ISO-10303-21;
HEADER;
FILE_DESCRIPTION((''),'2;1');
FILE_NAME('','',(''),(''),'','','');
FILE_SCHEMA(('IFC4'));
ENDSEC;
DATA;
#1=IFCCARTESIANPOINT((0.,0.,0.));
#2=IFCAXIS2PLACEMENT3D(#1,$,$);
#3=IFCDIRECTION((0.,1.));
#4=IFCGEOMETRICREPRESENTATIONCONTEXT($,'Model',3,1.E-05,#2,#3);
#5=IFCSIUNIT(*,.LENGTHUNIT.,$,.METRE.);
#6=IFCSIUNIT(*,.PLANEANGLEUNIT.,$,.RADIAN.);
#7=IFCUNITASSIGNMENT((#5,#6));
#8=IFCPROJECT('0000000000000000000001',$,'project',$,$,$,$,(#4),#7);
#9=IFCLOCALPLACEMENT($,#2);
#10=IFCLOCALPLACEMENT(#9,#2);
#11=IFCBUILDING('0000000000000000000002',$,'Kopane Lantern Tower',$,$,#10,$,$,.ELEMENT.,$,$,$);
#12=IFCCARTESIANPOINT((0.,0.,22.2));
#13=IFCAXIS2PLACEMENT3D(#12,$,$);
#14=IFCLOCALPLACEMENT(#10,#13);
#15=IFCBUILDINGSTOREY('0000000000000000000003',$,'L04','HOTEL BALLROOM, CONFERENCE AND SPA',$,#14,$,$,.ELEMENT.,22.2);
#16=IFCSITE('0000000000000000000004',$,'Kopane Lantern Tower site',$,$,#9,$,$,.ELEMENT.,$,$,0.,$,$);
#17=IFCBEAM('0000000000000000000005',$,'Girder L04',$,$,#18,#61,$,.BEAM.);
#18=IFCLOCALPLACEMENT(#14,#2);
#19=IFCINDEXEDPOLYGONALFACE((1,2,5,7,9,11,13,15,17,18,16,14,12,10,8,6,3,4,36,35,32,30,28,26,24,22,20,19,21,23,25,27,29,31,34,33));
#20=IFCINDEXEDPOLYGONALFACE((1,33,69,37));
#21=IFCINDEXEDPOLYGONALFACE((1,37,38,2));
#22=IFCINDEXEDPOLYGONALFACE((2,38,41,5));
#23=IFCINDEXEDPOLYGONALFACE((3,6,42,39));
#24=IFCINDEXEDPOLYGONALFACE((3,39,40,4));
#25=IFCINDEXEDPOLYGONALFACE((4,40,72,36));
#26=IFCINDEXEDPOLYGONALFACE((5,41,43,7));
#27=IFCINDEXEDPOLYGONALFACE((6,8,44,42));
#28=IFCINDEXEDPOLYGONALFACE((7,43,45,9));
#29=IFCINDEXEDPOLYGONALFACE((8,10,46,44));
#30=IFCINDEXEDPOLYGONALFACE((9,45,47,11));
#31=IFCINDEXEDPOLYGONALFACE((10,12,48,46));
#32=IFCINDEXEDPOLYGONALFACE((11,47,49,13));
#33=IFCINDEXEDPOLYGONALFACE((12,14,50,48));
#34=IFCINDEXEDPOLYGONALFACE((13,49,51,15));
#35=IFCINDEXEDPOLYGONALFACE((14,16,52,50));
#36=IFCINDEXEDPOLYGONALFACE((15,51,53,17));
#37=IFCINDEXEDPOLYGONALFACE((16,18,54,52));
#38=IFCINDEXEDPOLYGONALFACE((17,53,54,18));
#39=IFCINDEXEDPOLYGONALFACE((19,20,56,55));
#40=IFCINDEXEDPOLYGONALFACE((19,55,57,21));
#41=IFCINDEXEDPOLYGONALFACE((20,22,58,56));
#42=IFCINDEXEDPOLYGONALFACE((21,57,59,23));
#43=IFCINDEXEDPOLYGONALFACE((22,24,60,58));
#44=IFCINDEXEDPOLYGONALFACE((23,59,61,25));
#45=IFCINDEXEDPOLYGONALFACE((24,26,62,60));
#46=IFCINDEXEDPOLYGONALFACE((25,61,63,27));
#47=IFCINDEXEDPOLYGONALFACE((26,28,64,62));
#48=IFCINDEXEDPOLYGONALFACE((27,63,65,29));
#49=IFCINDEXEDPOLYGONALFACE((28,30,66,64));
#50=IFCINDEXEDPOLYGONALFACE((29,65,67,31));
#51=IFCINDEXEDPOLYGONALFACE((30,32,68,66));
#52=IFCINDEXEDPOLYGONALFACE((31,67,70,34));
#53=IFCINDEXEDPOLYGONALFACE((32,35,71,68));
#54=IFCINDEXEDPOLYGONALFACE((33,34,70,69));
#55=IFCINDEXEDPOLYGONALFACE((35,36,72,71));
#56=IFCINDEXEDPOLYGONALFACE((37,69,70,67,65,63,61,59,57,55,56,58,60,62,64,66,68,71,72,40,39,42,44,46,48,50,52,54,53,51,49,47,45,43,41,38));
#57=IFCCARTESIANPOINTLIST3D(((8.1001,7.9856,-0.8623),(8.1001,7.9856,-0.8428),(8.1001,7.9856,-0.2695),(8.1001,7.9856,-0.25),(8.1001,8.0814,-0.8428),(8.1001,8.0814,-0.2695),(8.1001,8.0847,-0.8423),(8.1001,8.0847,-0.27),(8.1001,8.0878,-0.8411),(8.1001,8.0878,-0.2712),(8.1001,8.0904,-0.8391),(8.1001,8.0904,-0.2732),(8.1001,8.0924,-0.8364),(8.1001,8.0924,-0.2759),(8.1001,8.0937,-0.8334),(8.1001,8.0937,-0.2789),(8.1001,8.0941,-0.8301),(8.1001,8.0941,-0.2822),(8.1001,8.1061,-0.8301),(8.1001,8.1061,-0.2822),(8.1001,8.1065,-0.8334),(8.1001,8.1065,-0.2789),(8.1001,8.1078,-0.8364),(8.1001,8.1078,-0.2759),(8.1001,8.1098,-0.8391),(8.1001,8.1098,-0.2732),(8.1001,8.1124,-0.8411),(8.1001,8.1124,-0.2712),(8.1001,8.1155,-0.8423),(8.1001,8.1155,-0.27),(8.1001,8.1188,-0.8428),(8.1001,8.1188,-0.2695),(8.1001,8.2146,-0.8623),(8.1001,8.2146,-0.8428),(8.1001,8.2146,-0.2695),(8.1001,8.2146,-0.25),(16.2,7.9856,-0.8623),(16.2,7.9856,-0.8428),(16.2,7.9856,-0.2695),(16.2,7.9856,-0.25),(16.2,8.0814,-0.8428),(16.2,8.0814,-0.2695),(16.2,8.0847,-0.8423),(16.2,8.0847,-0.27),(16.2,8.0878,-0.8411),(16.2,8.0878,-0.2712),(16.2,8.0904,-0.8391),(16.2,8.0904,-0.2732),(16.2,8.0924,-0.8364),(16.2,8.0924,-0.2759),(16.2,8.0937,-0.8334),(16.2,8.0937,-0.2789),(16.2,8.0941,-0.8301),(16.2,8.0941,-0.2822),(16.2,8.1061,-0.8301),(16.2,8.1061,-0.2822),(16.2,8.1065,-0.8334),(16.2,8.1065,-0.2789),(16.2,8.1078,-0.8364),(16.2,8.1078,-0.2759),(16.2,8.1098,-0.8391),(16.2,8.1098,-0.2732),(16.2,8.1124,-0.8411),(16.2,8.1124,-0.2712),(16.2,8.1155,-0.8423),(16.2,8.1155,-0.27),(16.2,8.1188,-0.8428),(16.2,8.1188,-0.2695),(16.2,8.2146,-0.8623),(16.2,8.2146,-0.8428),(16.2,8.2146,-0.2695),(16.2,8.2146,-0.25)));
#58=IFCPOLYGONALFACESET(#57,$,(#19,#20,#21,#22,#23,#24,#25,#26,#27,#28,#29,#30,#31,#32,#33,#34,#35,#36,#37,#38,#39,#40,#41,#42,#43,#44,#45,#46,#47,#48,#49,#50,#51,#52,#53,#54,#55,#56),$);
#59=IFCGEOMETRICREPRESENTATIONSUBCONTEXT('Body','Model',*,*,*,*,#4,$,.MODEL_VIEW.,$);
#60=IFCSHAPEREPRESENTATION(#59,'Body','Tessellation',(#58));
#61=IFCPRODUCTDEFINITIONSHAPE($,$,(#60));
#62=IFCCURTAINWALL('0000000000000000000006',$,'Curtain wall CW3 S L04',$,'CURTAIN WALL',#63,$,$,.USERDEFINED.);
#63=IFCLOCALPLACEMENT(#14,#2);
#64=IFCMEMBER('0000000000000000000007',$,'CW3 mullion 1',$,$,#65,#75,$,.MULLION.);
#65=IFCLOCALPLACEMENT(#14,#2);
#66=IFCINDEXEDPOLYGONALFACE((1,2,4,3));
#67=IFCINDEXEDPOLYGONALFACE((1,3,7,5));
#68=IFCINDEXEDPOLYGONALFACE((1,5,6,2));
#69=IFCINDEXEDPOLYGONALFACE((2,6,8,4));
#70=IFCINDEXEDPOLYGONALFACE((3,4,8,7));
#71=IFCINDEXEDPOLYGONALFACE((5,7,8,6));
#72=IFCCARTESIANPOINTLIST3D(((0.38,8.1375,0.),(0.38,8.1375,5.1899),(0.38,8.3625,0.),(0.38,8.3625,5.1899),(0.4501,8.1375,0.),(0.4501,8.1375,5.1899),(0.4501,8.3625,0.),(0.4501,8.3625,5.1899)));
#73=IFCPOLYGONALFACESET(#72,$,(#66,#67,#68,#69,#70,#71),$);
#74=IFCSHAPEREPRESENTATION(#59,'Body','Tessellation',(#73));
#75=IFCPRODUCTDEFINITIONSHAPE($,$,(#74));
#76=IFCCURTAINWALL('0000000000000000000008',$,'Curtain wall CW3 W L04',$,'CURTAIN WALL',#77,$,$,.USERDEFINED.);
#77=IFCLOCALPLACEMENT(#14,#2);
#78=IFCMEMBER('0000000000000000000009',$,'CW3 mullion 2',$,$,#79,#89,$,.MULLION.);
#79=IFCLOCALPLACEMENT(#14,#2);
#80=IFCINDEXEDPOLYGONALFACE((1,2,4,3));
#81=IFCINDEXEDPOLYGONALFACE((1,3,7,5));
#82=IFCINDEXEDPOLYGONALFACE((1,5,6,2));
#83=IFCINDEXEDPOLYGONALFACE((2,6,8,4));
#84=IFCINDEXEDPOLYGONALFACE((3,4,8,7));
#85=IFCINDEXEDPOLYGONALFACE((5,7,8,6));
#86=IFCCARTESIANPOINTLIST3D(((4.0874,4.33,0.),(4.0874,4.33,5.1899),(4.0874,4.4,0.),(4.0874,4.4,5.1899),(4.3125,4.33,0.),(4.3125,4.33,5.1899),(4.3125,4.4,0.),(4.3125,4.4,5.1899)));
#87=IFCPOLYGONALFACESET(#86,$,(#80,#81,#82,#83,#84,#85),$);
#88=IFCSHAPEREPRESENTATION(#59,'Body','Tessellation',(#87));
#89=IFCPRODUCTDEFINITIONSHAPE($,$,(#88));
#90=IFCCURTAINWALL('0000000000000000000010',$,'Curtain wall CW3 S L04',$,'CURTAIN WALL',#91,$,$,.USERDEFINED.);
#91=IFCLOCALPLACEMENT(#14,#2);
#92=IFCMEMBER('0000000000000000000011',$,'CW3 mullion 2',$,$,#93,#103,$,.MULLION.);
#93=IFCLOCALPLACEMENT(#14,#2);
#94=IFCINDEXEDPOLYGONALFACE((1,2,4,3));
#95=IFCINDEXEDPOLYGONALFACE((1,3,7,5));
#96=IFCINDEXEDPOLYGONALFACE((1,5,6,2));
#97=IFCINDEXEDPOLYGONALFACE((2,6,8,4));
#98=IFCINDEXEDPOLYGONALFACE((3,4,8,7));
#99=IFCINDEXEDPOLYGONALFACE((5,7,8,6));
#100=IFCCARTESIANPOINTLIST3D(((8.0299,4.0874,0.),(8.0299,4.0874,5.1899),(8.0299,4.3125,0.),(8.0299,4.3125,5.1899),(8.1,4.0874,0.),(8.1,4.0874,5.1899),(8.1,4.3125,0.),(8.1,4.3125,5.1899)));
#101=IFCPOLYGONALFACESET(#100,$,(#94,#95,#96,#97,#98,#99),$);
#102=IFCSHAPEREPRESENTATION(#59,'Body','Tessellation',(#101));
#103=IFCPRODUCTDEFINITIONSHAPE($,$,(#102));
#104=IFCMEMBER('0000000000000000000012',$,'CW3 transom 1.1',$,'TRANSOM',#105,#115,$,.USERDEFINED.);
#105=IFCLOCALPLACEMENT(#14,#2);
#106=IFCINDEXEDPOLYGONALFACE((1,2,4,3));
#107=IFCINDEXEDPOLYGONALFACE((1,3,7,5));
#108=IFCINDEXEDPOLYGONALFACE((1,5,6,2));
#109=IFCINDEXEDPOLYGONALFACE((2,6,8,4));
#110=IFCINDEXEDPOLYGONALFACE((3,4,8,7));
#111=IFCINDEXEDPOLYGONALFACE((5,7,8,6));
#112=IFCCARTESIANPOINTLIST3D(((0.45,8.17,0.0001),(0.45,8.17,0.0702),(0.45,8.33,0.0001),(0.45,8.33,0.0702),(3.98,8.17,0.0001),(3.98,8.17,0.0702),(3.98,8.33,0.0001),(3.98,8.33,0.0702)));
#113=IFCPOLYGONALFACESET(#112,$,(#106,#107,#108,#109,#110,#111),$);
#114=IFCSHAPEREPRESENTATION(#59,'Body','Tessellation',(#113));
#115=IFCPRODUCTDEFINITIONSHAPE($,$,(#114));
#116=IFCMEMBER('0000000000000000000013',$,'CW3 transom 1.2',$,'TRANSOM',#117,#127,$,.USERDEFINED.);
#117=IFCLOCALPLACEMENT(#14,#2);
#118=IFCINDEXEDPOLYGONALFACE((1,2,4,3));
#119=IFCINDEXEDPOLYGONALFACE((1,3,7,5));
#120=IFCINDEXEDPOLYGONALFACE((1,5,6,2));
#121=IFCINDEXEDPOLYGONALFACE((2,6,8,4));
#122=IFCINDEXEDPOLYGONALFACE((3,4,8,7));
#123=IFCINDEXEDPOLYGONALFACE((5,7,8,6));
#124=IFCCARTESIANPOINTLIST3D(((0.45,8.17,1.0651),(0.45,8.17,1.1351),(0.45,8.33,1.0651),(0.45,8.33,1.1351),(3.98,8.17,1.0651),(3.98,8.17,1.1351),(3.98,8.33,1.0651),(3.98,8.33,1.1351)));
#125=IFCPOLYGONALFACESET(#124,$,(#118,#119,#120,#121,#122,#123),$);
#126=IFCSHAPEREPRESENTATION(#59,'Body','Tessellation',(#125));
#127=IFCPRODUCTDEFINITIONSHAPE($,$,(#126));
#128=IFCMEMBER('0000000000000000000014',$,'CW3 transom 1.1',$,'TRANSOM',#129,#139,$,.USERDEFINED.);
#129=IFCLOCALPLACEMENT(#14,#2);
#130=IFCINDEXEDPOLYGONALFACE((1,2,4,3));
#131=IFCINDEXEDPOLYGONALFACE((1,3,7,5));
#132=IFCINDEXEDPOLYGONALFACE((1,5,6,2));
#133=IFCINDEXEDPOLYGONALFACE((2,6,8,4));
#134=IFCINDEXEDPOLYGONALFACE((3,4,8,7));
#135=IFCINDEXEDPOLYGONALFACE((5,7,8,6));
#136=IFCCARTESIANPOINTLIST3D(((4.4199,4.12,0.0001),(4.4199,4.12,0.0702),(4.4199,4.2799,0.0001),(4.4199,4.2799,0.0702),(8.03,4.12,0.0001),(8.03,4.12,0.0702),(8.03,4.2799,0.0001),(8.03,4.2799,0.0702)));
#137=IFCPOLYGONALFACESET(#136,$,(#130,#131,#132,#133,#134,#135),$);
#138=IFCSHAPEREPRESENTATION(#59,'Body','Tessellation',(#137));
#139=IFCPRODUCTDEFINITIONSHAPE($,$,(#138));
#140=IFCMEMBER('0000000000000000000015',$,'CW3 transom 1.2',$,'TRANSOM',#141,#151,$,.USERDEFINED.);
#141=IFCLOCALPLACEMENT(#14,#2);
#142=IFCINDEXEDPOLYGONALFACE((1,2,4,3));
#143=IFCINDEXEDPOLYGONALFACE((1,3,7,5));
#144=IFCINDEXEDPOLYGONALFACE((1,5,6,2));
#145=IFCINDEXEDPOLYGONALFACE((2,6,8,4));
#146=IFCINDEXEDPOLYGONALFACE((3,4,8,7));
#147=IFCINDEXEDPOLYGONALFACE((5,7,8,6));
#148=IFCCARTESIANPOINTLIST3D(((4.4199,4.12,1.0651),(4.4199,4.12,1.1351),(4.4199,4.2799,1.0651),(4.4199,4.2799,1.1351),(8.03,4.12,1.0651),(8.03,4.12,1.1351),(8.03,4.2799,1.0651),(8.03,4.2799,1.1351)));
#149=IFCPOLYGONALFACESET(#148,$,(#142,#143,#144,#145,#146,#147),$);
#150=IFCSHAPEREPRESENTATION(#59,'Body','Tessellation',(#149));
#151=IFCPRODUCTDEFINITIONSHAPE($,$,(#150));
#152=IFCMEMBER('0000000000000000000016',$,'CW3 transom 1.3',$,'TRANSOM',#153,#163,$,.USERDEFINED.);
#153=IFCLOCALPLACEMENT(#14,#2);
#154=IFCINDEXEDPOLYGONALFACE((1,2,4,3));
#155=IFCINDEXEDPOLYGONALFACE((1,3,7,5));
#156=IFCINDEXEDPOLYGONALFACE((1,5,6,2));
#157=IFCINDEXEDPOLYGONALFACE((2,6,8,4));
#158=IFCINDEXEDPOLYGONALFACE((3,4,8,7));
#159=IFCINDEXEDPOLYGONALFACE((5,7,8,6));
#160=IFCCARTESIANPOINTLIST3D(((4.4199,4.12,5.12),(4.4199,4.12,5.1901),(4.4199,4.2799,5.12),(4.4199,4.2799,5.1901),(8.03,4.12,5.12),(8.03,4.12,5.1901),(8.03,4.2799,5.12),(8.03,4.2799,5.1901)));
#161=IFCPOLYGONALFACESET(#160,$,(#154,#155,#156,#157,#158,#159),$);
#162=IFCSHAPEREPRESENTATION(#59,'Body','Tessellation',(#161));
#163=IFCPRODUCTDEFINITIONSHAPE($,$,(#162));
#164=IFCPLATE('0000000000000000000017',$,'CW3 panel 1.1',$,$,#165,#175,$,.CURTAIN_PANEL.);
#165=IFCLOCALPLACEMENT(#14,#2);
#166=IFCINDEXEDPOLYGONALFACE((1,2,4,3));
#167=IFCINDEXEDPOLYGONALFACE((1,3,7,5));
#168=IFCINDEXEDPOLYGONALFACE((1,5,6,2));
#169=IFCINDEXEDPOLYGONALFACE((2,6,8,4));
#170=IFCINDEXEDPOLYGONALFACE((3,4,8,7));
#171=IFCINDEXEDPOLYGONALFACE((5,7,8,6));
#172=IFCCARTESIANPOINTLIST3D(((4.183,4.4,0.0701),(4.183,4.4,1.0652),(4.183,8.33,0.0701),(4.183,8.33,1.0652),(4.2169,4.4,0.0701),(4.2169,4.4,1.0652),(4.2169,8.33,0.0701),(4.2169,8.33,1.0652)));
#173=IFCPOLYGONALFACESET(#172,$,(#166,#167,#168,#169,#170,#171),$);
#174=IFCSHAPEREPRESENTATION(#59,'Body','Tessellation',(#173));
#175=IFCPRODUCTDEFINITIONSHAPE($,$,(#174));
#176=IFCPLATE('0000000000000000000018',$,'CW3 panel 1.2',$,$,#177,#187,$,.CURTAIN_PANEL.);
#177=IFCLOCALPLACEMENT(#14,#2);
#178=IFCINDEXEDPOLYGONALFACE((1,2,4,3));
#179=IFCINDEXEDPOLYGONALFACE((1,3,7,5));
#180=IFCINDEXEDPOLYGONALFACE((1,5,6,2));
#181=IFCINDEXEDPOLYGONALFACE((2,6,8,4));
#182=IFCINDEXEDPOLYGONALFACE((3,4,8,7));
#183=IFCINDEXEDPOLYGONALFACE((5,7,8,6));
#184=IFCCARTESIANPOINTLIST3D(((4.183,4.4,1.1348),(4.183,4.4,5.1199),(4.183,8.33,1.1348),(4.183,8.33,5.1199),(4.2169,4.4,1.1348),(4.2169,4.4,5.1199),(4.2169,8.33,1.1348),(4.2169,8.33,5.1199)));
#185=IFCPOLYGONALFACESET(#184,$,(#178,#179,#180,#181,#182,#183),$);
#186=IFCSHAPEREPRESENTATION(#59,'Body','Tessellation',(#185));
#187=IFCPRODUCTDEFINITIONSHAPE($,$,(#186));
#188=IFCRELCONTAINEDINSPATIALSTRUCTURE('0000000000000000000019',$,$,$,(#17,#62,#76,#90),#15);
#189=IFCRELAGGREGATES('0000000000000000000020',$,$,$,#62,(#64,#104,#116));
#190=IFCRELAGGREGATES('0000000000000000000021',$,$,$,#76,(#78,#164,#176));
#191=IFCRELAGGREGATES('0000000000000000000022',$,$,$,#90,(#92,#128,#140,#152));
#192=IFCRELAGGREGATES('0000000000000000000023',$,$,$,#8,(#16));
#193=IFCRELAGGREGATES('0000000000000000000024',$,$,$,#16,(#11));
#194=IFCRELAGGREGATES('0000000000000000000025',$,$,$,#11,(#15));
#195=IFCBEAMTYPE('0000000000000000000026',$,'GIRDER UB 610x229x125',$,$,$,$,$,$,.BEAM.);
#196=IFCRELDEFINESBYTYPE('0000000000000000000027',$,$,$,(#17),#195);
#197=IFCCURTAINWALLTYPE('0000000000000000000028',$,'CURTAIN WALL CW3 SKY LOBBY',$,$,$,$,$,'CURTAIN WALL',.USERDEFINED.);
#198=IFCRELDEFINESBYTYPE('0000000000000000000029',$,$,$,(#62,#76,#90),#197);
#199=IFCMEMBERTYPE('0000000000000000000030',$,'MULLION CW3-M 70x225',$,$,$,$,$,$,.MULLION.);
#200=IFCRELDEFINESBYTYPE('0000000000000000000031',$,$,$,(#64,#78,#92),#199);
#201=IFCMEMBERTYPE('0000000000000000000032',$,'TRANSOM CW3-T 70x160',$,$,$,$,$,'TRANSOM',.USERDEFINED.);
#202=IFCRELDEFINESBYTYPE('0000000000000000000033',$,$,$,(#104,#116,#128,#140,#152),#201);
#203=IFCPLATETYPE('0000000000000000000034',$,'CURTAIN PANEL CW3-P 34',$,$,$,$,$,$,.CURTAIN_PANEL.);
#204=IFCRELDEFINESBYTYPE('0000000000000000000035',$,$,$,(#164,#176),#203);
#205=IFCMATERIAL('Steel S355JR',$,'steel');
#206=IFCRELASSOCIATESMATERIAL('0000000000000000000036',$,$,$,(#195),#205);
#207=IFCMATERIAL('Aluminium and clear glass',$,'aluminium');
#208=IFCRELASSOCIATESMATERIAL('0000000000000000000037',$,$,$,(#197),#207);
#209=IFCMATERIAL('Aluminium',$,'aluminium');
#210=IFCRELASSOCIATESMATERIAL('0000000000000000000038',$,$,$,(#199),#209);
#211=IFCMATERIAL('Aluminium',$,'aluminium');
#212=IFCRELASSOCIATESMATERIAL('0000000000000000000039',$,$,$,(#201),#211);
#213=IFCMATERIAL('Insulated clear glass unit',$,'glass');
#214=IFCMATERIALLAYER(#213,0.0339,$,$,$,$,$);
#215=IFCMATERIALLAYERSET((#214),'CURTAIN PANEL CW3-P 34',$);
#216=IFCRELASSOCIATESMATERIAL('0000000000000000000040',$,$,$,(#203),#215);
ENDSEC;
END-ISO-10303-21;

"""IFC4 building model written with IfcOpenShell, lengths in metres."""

from ifc_helpers import new_model, si_unit, direction, frame, origin, origin_2d, place, context, subcontext, project, spatial, rectangle, i_section, extrude, material, layer, layer_set, material_profile, profile_set, type_object, element, aggregate, save


model = new_model("IFC4")

# Units and contexts
model_context = context("Model", 3, precision=1e-05, world=origin(), true_north=direction((0.0, 1.0)))
body_context = subcontext(model_context, "Body", "Model", "MODEL_VIEW")
ifc_project = project(units=[si_unit("LENGTHUNIT", "METRE"), si_unit("PLANEANGLEUNIT", "RADIAN")], contexts=[model_context])

# Site, building, storey
site_placement = place(None, origin())
site = spatial("IfcSite", under=ifc_project, at=site_placement, Name="Kopane Lantern Tower site", CompositionType="ELEMENT", RefElevation=0.0)
building_placement = place(site_placement, origin())
building = spatial("IfcBuilding", under=site, at=building_placement, Name="Kopane Lantern Tower", CompositionType="ELEMENT")
storey_placement = place(building_placement, frame((0.0, 0.0, 22.2)))
storey = spatial("IfcBuildingStorey", under=building, at=storey_placement, Name="L04", Description="HOTEL BALLROOM, CONFERENCE AND SPA", CompositionType="ELEMENT", Elevation=22.2)

# Beam
ifc_material_1 = material(Name="Steel S355JR", Category="steel")
ifc_material_profile_1 = material_profile(ifc_material_1, i_section(OverallWidth=0.229, OverallDepth=0.6123, WebThickness=0.012, FlangeThickness=0.0195, FilletRadius=0.0127, at=origin_2d()), Name="UB 610x229x125")
ifc_profile_set_1 = profile_set([ifc_material_profile_1], Name="Steel S355JR")
beam_type = type_object("IfcBeamType", Name="GIRDER UB 610x229x125", PredefinedType="BEAM", material=ifc_profile_set_1)
for number, where, z_axis, x_axis, name in (
    (1, (8.1001, 8.1001, -0.5562), (1.0, 0.0, 0.0), (0.0, 1.0, 0.0), "Girder L04"),
):
    element("IfcBeam", number, at=place(storey_placement, frame(where, z_axis=z_axis, x_axis=x_axis)), inside=storey, type_object=beam_type, Name=name, PredefinedType="BEAM", context=body_context, shape_type="SweptSolid", body=[
        extrude(i_section(OverallWidth=0.229, OverallDepth=0.6123, WebThickness=0.012, FlangeThickness=0.0195, FilletRadius=0.0127, at=origin_2d()), origin(), (0.0, 0.0, 1.0), 8.0999),
    ])

# Curtain walls, members
ifc_material_2 = material(Name="Aluminium and clear glass", Category="aluminium")
curtain_wall_type = type_object("IfcCurtainWallType", Name="CURTAIN WALL CW3 SKY LOBBY", ElementType="CURTAIN WALL", PredefinedType="USERDEFINED", material=ifc_material_2)
curtain_wall_1_placement = place(storey_placement, origin())
curtain_wall_1 = element("IfcCurtainWall", 2, at=curtain_wall_1_placement, inside=storey, type_object=curtain_wall_type, Name="Curtain wall CW3 S L04", ObjectType="CURTAIN WALL", PredefinedType="USERDEFINED")
ifc_material_3 = material(Name="Aluminium", Category="aluminium")
ifc_material_profile_2 = material_profile(ifc_material_3, rectangle(XDim=0.0701, YDim=0.2251, at=origin_2d()), Name="AL 70x225")
ifc_profile_set_2 = profile_set([ifc_material_profile_2], Name="Aluminium")
member_type_1 = type_object("IfcMemberType", Name="MULLION CW3-M 70x225", PredefinedType="MULLION", material=ifc_profile_set_2)
member_1_placement = place(storey_placement, frame((0.415, 8.25, 0.0), z_axis=(0.0, 0.0, 1.0), x_axis=(1.0, 0.0, 0.0)))
member_1 = element("IfcMember", 3, at=member_1_placement, type_object=member_type_1, Name="CW3 mullion 1", PredefinedType="MULLION", context=body_context, shape_type="SweptSolid", body=[
    extrude(rectangle(XDim=0.0701, YDim=0.2251, at=origin_2d()), origin(), (0.0, 0.0, 1.0), 5.1899),
])
curtain_wall_2_placement = place(storey_placement, origin())
curtain_wall_2 = element("IfcCurtainWall", 4, at=curtain_wall_2_placement, inside=storey, type_object=curtain_wall_type, Name="Curtain wall CW3 W L04", ObjectType="CURTAIN WALL", PredefinedType="USERDEFINED")
member_2_placement = place(storey_placement, frame((4.2, 4.365, 0.0), z_axis=(0.0, 0.0, 1.0), x_axis=(0.0, -1.0, 0.0)))
member_2 = element("IfcMember", 5, at=member_2_placement, type_object=member_type_1, Name="CW3 mullion 2", PredefinedType="MULLION", context=body_context, shape_type="SweptSolid", body=[
    extrude(rectangle(XDim=0.0701, YDim=0.2251, at=origin_2d()), origin(), (0.0, 0.0, 1.0), 5.1899),
])
curtain_wall_3_placement = place(storey_placement, origin())
curtain_wall_3 = element("IfcCurtainWall", 6, at=curtain_wall_3_placement, inside=storey, type_object=curtain_wall_type, Name="Curtain wall CW3 S L04", ObjectType="CURTAIN WALL", PredefinedType="USERDEFINED")
member_3_placement = place(storey_placement, frame((8.0649, 4.2, 0.0), z_axis=(0.0, 0.0, 1.0), x_axis=(1.0, 0.0, 0.0)))
member_3 = element("IfcMember", 7, at=member_3_placement, type_object=member_type_1, Name="CW3 mullion 2", PredefinedType="MULLION", context=body_context, shape_type="SweptSolid", body=[
    extrude(rectangle(XDim=0.0701, YDim=0.2251, at=origin_2d()), origin(), (0.0, 0.0, 1.0), 5.1899),
])

# Members
ifc_material_4 = material(Name="Aluminium", Category="aluminium")
ifc_material_profile_3 = material_profile(ifc_material_4, rectangle(XDim=0.1599, YDim=0.0701, at=origin_2d()), Name="AL 160x70")
ifc_profile_set_3 = profile_set([ifc_material_profile_3], Name="Aluminium")
member_type_2 = type_object("IfcMemberType", Name="TRANSOM CW3-T 70x160", ElementType="TRANSOM", PredefinedType="USERDEFINED", material=ifc_profile_set_3)
member_4_placement = place(storey_placement, frame((0.45, 8.25, 0.0352), z_axis=(1.0, 0.0, 0.0), x_axis=(0.0, 1.0, 0.0)))
member_4 = element("IfcMember", 8, at=member_4_placement, type_object=member_type_2, Name="CW3 transom 1.1", ObjectType="TRANSOM", PredefinedType="USERDEFINED", context=body_context, shape_type="SweptSolid", body=[
    extrude(rectangle(XDim=0.1599, YDim=0.0701, at=origin_2d()), origin(), (0.0, 0.0, 1.0), 3.53),
])
member_5_placement = place(storey_placement, frame((0.45, 8.25, 1.1001), z_axis=(1.0, 0.0, 0.0), x_axis=(0.0, 1.0, 0.0)))
member_5 = element("IfcMember", 9, at=member_5_placement, type_object=member_type_2, Name="CW3 transom 1.2", ObjectType="TRANSOM", PredefinedType="USERDEFINED", context=body_context, shape_type="SweptSolid", body=[
    extrude(rectangle(XDim=0.1599, YDim=0.0701, at=origin_2d()), origin(), (0.0, 0.0, 1.0), 3.53),
])
aggregate(curtain_wall_1, [member_1, member_4, member_5])
member_6_placement = place(storey_placement, frame((4.4199, 4.2, 0.0352), z_axis=(1.0, 0.0, 0.0), x_axis=(0.0, 1.0, 0.0)))
member_6 = element("IfcMember", 10, at=member_6_placement, type_object=member_type_2, Name="CW3 transom 1.1", ObjectType="TRANSOM", PredefinedType="USERDEFINED", context=body_context, shape_type="SweptSolid", body=[
    extrude(rectangle(XDim=0.1599, YDim=0.0701, at=origin_2d()), origin(), (0.0, 0.0, 1.0), 3.6101),
])
member_7_placement = place(storey_placement, frame((4.4199, 4.2, 1.1001), z_axis=(1.0, 0.0, 0.0), x_axis=(0.0, 1.0, 0.0)))
member_7 = element("IfcMember", 11, at=member_7_placement, type_object=member_type_2, Name="CW3 transom 1.2", ObjectType="TRANSOM", PredefinedType="USERDEFINED", context=body_context, shape_type="SweptSolid", body=[
    extrude(rectangle(XDim=0.1599, YDim=0.0701, at=origin_2d()), origin(), (0.0, 0.0, 1.0), 3.6101),
])
member_8_placement = place(storey_placement, frame((4.4199, 4.2, 5.155), z_axis=(1.0, 0.0, 0.0), x_axis=(0.0, 1.0, 0.0)))
member_8 = element("IfcMember", 12, at=member_8_placement, type_object=member_type_2, Name="CW3 transom 1.3", ObjectType="TRANSOM", PredefinedType="USERDEFINED", context=body_context, shape_type="SweptSolid", body=[
    extrude(rectangle(XDim=0.1599, YDim=0.0701, at=origin_2d()), origin(), (0.0, 0.0, 1.0), 3.6101),
])

# Plates
ifc_material_5 = material(Name="Insulated clear glass unit", Category="glass")
ifc_layer_1 = layer(ifc_material_5, 0.0339)
ifc_layer_set_1 = layer_set([ifc_layer_1], Name="CURTAIN PANEL CW3-P 34")
plate_type = type_object("IfcPlateType", Name="CURTAIN PANEL CW3-P 34", PredefinedType="CURTAIN_PANEL", material=ifc_layer_set_1)
plate_1_placement = place(storey_placement, frame((4.2, 6.365, 0.0701), z_axis=(0.0, 0.0, 1.0), x_axis=(0.0, -1.0, 0.0)))
plate_1 = element("IfcPlate", 13, at=plate_1_placement, type_object=plate_type, Name="CW3 panel 1.1", PredefinedType="CURTAIN_PANEL", context=body_context, shape_type="SweptSolid", body=[
    extrude(rectangle(XDim=3.9299, YDim=0.0339, at=origin_2d()), origin(), (0.0, 0.0, 1.0), 0.9951),
])
plate_2_placement = place(storey_placement, frame((4.2, 6.365, 1.1348), z_axis=(0.0, 0.0, 1.0), x_axis=(0.0, -1.0, 0.0)))
plate_2 = element("IfcPlate", 14, at=plate_2_placement, type_object=plate_type, Name="CW3 panel 1.2", PredefinedType="CURTAIN_PANEL", context=body_context, shape_type="SweptSolid", body=[
    extrude(rectangle(XDim=3.9299, YDim=0.0339, at=origin_2d()), origin(), (0.0, 0.0, 1.0), 3.9851),
])
aggregate(curtain_wall_2, [member_2, plate_1, plate_2])
aggregate(curtain_wall_3, [member_3, member_6, member_7, member_8])

save(model, "model.ifc")
